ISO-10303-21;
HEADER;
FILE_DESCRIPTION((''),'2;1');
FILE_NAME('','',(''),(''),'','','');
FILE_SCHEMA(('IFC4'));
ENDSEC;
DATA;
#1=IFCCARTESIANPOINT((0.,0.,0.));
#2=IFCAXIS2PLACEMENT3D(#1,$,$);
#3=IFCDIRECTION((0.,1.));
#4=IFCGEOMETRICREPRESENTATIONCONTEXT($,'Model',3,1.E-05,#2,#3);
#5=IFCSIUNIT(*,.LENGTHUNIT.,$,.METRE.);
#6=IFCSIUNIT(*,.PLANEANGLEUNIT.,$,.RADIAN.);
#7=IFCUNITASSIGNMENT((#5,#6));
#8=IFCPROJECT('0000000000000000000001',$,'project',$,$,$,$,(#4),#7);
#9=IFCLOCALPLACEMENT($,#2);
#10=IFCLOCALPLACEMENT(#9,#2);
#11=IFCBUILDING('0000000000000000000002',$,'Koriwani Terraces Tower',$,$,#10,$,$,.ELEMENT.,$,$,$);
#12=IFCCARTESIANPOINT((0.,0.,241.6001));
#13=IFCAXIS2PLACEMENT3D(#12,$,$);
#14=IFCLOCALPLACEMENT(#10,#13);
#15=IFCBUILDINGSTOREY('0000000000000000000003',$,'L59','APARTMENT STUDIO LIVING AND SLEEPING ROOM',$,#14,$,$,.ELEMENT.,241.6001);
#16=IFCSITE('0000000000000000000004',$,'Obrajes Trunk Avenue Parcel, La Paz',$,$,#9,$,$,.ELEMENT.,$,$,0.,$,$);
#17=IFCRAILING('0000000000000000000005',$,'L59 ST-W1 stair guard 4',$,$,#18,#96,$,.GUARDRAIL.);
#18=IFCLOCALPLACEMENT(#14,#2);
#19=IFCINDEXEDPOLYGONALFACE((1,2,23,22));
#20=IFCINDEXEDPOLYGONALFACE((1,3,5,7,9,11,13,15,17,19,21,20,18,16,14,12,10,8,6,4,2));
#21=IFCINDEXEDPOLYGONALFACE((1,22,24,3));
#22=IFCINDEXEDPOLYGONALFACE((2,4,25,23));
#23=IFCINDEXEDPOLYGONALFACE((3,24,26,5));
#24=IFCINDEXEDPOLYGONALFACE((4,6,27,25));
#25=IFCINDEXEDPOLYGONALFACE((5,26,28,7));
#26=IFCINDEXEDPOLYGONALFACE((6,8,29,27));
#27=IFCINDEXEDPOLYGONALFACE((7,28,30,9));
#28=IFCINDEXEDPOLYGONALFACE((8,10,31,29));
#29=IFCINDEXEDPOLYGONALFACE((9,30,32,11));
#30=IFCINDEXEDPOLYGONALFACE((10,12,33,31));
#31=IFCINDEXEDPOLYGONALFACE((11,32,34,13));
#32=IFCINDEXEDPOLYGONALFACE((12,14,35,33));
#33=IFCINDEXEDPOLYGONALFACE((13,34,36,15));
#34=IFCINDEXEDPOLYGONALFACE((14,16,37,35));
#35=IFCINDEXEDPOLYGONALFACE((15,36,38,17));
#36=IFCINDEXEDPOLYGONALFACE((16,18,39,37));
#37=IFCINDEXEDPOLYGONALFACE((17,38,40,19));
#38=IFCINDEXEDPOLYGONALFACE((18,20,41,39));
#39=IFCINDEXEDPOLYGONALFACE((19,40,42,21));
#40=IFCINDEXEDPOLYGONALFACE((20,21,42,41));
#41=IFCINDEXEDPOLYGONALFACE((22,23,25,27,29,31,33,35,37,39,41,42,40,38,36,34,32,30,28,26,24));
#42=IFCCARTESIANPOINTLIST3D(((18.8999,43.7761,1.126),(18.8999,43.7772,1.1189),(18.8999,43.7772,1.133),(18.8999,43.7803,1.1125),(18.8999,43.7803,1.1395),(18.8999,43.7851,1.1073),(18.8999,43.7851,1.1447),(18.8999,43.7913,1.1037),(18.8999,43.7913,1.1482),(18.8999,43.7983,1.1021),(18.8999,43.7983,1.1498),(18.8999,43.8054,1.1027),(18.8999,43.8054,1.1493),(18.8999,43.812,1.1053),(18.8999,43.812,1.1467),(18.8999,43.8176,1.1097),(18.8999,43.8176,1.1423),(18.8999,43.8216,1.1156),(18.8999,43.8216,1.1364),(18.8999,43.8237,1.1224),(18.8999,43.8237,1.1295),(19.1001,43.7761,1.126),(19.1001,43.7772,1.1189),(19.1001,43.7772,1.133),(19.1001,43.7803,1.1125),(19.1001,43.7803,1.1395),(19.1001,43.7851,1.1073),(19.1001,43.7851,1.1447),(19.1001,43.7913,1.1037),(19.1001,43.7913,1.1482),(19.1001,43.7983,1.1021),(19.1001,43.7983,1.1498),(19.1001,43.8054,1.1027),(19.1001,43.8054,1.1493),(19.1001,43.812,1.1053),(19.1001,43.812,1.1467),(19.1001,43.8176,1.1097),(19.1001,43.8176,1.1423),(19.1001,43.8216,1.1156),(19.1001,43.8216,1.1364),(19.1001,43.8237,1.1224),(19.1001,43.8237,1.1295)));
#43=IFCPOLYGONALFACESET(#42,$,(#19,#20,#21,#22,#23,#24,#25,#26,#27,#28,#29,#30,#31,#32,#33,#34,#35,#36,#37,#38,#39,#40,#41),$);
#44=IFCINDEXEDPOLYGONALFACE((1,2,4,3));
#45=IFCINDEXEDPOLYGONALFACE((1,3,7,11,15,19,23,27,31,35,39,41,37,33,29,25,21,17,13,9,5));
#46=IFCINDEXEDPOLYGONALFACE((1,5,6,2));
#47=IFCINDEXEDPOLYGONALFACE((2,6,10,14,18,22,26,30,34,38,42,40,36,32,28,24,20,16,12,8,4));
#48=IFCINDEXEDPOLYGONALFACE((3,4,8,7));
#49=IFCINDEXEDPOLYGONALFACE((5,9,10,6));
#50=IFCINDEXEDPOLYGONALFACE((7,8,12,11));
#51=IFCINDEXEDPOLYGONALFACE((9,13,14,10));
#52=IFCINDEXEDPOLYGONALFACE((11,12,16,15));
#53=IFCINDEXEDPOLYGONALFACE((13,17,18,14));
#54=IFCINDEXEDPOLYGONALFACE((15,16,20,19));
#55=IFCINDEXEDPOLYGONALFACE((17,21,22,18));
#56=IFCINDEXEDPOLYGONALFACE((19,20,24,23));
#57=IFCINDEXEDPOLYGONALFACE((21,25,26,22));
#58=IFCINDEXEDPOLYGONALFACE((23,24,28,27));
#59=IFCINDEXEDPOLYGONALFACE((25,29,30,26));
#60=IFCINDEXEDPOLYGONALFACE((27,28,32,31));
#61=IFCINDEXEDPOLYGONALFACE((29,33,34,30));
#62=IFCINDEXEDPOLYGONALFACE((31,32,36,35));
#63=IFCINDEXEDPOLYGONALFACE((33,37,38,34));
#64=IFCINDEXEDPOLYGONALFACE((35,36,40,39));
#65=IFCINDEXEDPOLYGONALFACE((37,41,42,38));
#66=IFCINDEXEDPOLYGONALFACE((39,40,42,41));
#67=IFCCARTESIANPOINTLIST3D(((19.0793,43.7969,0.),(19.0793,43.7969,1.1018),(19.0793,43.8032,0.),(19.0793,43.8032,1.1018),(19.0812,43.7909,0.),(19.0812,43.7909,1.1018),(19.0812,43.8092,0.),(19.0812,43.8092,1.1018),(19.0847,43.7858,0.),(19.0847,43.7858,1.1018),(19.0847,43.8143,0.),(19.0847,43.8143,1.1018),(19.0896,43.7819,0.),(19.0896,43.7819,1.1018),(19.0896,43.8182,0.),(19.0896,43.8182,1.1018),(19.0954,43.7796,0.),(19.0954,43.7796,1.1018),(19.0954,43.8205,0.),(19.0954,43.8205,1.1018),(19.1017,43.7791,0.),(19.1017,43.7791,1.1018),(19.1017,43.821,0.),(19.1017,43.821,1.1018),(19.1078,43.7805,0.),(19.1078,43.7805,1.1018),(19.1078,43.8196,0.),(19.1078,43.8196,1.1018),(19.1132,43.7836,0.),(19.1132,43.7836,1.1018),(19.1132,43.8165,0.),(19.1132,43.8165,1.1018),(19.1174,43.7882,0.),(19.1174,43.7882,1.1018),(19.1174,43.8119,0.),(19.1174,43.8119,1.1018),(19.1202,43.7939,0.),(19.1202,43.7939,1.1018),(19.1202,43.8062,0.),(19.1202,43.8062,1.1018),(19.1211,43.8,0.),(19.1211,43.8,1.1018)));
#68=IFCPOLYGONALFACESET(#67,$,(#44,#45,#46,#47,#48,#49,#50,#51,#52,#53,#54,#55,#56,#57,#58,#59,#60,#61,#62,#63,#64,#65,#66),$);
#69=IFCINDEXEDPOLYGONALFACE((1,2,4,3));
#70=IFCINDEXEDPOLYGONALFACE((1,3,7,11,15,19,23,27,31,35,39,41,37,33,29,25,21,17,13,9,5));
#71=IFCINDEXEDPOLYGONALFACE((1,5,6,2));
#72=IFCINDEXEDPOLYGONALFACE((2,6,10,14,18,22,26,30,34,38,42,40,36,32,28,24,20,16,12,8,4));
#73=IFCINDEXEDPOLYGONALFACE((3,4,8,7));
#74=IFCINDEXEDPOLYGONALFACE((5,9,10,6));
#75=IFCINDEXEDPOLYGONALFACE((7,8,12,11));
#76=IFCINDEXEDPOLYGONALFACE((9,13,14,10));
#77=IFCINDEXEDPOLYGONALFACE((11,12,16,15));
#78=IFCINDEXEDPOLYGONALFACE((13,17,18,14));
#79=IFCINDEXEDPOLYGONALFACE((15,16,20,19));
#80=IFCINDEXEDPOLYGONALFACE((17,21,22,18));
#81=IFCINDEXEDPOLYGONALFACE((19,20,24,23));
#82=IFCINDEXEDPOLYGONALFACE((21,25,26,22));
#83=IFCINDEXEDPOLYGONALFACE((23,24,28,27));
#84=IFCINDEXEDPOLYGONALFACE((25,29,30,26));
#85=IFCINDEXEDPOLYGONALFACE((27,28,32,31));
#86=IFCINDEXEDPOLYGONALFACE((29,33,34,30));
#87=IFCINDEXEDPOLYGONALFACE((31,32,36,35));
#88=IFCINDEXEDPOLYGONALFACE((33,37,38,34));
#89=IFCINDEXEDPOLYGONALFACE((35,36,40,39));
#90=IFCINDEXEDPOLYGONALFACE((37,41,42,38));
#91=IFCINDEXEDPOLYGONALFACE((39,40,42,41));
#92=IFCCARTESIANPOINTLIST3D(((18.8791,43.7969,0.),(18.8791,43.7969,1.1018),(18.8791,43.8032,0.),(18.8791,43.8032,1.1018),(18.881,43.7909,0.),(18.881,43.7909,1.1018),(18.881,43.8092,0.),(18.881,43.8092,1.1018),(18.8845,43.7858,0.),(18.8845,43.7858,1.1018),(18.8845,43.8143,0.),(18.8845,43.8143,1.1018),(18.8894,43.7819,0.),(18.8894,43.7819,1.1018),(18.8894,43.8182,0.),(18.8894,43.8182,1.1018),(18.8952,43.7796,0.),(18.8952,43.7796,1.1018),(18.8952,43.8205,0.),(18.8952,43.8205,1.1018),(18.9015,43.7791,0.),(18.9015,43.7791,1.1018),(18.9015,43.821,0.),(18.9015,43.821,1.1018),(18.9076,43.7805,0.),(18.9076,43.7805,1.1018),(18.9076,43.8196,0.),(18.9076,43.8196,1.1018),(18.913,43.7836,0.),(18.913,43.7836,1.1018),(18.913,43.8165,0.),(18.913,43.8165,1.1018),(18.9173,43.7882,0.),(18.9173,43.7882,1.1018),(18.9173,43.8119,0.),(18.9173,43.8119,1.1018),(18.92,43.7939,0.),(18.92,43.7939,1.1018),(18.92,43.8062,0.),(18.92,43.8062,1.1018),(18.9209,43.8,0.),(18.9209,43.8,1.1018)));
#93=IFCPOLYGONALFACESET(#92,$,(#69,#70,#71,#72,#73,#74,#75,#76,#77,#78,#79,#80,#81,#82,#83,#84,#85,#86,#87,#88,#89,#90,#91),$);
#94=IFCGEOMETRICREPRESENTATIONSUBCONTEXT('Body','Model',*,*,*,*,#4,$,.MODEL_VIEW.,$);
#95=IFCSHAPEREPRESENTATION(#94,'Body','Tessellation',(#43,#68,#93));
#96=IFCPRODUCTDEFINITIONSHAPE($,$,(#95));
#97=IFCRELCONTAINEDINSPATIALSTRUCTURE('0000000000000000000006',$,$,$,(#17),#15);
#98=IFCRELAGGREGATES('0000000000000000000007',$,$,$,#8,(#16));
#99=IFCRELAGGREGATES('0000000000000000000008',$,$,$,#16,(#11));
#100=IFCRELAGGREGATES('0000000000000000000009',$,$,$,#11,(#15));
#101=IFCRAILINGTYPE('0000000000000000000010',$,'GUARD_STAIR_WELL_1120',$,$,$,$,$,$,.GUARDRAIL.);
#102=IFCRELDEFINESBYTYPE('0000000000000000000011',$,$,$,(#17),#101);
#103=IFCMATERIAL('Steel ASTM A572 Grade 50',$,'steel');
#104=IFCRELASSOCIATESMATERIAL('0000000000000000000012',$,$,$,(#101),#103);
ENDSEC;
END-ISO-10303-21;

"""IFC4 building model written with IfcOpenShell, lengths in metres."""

from ifc_helpers import new_model, si_unit, direction, frame, origin, origin_2d, place, context, subcontext, project, spatial, circle, extrude, material, type_object, element, save


model = new_model("IFC4")

# Units and contexts
model_context = context("Model", 3, precision=1e-05, world=origin(), true_north=direction((0.0, 1.0)))
body_context = subcontext(model_context, "Body", "Model", "MODEL_VIEW")
ifc_project = project(units=[si_unit("LENGTHUNIT", "METRE"), si_unit("PLANEANGLEUNIT", "RADIAN")], contexts=[model_context])

# Site, building, storey
site_placement = place(None, origin())
site = spatial("IfcSite", under=ifc_project, at=site_placement, Name="Obrajes Trunk Avenue Parcel, La Paz", CompositionType="ELEMENT", RefElevation=0.0)
building_placement = place(site_placement, origin())
building = spatial("IfcBuilding", under=site, at=building_placement, Name="Koriwani Terraces Tower", CompositionType="ELEMENT")
storey_placement = place(building_placement, frame((0.0, 0.0, 241.6001)))
storey = spatial("IfcBuildingStorey", under=building, at=storey_placement, Name="L59", Description="APARTMENT STUDIO LIVING AND SLEEPING ROOM", CompositionType="ELEMENT", Elevation=241.6001)

# Shared definitions
ifc_material_1 = material(Name="Steel ASTM A572 Grade 50", Category="steel")

# Railing
railing_type = type_object("IfcRailingType", Name="GUARD_STAIR_WELL_1120", PredefinedType="GUARDRAIL", material=ifc_material_1)
railing_1_placement = place(storey_placement, frame((19.1001, 43.8, 0.0)))
element("IfcRailing", 1, at=railing_1_placement, inside=storey, type_object=railing_type, Name="L59 ST-W1 stair guard 4", PredefinedType="GUARDRAIL", context=body_context, shape_type="SweptSolid", body=[
    extrude(circle(Radius=0.0239, at=origin_2d()), frame((0.0, 0.0, 1.126), z_axis=(-1.0, 0.0, 0.0), x_axis=(0.0, -1.0, 0.0)), (0.0, 0.0, 1.0), 0.2002),
    extrude(circle(Radius=0.021, at=origin_2d()), origin(), (0.0, 0.0, 1.0), 1.1018),
    extrude(circle(Radius=0.021, at=origin_2d()), frame((-0.2002, 0.0, 0.0)), (0.0, 0.0, 1.0), 1.1018),
])

save(model, "model.ifc")
